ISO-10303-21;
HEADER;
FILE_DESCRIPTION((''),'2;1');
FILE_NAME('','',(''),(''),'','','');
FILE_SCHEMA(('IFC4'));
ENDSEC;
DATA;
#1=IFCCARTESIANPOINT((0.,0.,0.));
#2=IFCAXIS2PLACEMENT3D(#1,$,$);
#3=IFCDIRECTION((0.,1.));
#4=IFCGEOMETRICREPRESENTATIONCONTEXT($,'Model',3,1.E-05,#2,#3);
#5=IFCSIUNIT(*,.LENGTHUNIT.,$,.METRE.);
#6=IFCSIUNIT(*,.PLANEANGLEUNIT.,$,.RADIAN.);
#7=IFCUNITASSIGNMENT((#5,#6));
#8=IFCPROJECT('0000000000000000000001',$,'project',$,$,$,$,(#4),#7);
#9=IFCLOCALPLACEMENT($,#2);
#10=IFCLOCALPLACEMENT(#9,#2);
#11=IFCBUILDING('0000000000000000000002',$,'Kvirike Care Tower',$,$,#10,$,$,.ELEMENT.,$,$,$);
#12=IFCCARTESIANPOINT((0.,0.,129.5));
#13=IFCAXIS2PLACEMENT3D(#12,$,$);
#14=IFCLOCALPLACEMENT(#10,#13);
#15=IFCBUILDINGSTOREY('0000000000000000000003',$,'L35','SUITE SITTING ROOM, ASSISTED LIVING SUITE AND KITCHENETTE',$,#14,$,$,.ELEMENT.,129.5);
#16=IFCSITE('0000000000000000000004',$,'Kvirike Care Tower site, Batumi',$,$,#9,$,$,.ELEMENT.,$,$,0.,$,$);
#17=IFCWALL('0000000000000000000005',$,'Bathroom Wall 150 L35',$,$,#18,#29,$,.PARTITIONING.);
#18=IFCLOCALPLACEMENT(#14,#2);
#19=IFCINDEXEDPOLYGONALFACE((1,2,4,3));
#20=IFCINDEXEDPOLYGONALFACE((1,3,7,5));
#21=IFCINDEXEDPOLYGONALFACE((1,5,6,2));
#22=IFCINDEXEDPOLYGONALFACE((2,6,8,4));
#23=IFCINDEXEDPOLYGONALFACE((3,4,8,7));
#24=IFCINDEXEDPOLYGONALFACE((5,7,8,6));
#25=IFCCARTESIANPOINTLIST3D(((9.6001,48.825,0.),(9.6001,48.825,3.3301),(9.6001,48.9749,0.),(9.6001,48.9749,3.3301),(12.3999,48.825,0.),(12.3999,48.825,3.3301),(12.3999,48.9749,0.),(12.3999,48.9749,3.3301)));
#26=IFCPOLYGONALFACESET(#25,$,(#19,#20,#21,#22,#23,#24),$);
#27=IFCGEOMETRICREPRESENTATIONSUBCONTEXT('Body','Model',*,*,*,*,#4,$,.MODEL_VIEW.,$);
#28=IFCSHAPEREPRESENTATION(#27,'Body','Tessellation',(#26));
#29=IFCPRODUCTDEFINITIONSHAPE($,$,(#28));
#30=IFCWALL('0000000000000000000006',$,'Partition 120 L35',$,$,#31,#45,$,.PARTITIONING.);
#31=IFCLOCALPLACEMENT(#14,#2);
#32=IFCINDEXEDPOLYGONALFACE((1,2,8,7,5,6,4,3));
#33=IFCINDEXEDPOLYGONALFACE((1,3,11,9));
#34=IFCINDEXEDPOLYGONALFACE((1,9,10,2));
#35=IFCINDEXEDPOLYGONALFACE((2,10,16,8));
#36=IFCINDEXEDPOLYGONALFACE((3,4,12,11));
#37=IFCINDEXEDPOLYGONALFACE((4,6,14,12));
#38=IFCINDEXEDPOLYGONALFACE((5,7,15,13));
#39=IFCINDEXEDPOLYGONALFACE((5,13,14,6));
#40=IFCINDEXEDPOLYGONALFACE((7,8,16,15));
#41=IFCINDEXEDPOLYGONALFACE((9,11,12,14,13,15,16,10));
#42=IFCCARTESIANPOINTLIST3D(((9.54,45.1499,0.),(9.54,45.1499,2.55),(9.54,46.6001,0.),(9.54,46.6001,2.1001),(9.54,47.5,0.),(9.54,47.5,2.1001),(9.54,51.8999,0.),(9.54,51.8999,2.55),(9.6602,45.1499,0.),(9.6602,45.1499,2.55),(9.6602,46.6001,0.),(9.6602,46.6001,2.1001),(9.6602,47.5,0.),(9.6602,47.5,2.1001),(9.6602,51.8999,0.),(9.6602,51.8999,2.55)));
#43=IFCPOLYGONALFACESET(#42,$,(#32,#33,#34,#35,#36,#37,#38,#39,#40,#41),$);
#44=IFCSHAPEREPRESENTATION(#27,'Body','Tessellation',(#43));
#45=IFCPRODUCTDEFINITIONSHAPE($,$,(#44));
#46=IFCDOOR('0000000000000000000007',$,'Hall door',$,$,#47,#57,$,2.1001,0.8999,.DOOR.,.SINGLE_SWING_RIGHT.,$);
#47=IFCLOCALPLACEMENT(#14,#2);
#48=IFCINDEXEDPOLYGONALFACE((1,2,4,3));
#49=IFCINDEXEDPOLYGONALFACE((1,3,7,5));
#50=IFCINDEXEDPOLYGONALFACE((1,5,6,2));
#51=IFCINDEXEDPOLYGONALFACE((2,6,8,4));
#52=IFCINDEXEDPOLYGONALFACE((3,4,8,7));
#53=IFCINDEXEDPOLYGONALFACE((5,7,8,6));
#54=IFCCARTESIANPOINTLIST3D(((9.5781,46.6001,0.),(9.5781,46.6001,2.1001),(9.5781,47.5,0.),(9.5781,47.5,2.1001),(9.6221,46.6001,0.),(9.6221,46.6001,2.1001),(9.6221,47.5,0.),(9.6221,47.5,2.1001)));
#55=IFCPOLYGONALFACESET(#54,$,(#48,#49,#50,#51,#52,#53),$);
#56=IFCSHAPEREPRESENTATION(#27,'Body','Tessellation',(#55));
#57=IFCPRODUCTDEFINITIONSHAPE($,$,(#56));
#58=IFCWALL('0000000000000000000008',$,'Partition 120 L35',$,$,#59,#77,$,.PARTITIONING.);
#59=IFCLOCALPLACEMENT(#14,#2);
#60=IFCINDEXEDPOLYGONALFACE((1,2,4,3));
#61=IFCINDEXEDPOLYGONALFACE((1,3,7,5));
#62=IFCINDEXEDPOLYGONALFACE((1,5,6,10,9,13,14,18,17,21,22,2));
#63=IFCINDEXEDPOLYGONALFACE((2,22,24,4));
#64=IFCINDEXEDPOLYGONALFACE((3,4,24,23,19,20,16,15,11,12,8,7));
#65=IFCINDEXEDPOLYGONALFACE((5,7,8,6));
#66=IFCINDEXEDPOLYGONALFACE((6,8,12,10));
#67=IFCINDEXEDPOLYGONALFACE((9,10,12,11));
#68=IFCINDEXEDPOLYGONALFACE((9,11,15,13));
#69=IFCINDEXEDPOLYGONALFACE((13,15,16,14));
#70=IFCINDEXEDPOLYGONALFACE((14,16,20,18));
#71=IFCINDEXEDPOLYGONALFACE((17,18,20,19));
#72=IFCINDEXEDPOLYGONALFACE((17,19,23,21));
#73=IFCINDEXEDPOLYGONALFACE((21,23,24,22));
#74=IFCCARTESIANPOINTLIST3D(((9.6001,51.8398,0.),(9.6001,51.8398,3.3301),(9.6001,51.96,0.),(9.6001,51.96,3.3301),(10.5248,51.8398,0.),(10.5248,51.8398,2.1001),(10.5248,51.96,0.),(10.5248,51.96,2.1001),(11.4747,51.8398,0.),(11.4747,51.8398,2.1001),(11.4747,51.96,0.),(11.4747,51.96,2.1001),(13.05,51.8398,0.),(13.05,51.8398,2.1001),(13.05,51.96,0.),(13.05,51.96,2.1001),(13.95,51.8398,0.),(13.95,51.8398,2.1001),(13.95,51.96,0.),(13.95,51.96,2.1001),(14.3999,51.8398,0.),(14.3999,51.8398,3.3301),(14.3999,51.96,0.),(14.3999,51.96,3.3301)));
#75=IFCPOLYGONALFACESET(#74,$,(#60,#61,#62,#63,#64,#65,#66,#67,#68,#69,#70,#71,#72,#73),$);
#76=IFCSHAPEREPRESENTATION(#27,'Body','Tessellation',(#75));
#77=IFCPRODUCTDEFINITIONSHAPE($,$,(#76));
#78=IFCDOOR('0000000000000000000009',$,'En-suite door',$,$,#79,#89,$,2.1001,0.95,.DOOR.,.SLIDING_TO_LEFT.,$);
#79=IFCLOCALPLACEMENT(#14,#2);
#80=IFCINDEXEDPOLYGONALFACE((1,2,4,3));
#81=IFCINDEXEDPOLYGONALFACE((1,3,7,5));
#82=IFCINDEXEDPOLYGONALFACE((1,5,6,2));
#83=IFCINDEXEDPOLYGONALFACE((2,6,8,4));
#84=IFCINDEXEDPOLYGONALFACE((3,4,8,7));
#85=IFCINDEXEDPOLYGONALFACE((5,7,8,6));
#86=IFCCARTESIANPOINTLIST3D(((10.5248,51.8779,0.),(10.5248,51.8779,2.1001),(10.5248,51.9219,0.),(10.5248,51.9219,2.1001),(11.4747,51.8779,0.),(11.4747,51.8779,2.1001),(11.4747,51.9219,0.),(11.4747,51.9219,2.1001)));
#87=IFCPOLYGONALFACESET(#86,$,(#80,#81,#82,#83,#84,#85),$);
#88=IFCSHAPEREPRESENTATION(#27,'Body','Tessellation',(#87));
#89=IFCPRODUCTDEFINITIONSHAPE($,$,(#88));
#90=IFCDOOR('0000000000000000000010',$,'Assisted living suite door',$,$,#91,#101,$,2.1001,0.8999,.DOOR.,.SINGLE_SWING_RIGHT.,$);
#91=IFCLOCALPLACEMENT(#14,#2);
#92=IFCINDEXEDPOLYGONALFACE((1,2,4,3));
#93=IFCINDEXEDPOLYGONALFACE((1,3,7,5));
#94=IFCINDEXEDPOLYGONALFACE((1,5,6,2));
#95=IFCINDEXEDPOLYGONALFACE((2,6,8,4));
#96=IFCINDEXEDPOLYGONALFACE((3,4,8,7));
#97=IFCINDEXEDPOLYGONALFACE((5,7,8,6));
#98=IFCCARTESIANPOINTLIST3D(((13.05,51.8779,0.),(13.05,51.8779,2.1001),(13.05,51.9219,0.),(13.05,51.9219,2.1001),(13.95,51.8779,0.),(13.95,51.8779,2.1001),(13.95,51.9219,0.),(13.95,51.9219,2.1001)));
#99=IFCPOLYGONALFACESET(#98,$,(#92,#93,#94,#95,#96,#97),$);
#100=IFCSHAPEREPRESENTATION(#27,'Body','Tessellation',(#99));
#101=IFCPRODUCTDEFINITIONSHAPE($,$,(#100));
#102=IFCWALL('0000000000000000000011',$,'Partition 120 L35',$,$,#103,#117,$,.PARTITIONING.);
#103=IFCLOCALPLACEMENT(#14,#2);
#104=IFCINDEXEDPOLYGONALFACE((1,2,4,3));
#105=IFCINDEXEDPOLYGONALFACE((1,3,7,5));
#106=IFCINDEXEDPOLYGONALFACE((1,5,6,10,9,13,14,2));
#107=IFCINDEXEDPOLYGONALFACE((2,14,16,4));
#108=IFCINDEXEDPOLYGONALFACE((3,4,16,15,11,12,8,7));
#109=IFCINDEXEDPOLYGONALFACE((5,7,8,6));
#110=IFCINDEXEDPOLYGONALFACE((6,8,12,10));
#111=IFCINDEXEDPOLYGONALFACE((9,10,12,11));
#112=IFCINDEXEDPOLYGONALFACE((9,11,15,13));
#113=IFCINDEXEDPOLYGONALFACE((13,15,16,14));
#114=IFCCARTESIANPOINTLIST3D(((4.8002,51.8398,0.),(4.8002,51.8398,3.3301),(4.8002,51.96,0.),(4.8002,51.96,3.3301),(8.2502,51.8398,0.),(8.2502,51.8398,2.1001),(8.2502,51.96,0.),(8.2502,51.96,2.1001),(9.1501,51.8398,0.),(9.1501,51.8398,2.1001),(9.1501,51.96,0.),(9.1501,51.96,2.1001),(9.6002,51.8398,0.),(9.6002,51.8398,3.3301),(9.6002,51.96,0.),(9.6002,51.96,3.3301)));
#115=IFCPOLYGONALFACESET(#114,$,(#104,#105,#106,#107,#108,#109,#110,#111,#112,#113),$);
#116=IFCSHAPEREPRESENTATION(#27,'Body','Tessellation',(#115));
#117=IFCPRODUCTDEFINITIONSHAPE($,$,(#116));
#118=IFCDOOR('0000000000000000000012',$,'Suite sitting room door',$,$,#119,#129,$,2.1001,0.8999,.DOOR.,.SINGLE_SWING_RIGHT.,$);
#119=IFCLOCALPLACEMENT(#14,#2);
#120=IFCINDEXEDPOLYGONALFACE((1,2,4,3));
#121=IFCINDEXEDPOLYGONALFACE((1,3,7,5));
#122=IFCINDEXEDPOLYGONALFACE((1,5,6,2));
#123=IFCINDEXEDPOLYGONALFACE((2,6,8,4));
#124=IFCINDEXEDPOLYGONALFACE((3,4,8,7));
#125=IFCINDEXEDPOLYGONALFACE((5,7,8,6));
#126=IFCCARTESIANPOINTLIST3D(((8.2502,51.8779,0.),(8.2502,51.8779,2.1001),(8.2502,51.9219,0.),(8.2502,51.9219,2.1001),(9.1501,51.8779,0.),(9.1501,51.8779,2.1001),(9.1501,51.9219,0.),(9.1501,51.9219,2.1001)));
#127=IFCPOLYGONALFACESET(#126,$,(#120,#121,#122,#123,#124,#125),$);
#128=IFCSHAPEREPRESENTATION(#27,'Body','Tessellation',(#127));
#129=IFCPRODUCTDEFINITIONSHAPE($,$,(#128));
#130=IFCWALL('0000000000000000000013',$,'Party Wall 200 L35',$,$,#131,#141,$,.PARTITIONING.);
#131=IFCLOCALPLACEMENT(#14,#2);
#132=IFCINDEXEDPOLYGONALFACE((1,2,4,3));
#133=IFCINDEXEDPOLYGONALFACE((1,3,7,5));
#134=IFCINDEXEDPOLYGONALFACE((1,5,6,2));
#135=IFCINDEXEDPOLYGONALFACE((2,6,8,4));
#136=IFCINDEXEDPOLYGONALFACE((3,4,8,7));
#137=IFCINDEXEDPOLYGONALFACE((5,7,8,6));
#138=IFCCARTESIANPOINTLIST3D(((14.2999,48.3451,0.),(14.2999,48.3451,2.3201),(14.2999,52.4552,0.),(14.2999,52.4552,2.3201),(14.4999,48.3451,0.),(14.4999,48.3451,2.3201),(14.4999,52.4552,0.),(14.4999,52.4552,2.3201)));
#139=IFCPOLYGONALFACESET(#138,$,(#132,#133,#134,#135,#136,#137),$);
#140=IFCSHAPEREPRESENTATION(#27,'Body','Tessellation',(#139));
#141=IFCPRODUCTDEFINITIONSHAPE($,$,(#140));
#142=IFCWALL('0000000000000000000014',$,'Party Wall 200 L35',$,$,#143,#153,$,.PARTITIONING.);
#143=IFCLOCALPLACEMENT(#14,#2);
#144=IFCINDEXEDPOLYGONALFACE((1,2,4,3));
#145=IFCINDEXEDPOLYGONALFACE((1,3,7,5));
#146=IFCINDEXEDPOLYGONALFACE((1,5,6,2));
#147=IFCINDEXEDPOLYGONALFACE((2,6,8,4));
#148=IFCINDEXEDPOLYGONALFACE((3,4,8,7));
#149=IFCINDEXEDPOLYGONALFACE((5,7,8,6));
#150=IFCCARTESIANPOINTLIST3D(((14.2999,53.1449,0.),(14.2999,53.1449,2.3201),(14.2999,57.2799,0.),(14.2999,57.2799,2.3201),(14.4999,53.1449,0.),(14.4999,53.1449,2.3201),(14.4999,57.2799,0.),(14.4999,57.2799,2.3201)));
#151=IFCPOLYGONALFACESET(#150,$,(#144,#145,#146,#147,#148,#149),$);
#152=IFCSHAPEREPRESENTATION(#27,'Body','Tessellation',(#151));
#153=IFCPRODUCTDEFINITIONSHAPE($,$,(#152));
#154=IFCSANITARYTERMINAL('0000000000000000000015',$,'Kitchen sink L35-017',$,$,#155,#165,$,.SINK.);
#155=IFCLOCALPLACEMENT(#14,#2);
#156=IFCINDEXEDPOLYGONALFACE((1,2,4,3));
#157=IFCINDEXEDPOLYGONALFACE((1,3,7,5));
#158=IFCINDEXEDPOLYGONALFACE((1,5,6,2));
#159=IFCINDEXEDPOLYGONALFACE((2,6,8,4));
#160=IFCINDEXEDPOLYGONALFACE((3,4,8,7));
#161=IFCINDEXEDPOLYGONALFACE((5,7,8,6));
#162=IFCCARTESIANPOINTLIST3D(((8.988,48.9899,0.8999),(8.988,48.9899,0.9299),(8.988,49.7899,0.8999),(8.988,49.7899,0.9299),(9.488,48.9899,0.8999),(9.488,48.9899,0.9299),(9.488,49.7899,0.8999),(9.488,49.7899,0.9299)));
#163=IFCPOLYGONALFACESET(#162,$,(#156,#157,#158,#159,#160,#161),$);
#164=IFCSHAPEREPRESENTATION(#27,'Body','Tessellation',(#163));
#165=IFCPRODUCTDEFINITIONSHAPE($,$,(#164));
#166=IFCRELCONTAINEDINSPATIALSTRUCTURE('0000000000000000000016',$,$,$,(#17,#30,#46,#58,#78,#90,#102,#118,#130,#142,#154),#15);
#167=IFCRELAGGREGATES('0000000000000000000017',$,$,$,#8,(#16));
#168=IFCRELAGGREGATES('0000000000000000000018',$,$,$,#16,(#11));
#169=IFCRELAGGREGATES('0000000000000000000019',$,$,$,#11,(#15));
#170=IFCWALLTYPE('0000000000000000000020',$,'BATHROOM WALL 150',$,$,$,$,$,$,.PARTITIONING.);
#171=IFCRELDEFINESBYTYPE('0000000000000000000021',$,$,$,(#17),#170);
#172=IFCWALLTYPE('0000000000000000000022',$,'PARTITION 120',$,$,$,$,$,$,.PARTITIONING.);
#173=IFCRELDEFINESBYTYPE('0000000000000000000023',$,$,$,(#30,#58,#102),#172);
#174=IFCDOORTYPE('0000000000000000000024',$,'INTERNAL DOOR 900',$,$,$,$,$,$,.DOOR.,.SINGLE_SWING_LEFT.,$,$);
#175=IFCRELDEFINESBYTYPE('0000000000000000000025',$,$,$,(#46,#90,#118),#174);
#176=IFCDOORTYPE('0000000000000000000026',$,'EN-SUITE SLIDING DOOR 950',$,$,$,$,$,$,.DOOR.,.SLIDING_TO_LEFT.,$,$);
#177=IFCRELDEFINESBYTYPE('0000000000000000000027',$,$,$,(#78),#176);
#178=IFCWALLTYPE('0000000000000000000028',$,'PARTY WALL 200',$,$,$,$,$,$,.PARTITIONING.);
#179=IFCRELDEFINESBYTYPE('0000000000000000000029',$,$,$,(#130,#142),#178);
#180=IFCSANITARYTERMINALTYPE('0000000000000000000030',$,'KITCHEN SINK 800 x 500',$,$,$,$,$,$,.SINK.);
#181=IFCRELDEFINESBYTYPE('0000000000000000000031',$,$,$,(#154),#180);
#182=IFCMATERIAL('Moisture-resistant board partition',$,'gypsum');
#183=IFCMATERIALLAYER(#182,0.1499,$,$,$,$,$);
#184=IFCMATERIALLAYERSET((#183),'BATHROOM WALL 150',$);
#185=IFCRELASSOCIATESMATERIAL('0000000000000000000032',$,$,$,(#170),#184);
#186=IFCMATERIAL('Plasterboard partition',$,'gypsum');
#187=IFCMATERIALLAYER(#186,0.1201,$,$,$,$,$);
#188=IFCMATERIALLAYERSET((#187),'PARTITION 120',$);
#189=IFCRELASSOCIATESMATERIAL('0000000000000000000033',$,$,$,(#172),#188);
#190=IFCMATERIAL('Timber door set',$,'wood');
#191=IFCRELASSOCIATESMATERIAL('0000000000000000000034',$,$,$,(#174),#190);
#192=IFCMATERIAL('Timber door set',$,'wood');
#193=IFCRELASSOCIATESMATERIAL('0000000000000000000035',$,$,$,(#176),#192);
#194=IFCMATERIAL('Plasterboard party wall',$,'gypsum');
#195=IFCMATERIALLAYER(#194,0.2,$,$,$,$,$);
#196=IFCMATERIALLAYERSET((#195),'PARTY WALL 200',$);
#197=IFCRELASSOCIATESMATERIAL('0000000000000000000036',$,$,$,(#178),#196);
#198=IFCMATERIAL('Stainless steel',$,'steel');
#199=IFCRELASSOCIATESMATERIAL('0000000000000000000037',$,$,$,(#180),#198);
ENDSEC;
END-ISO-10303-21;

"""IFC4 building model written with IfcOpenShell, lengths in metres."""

from ifc_helpers import new_model, si_unit, direction, frame, frame_2d, origin, origin_2d, place, context, subcontext, project, spatial, rectangle, extrude, material, layer, layer_set, type_object, element, fill, save


model = new_model("IFC4")

# Units and contexts
model_context = context("Model", 3, precision=1e-05, world=origin(), true_north=direction((0.0, 1.0)))
body_context = subcontext(model_context, "Body", "Model", "MODEL_VIEW")
ifc_project = project(units=[si_unit("LENGTHUNIT", "METRE"), si_unit("PLANEANGLEUNIT", "RADIAN")], contexts=[model_context])

# Site, building, storey
site_placement = place(None, origin())
site = spatial("IfcSite", under=ifc_project, at=site_placement, Name="Kvirike Care Tower site, Batumi", CompositionType="ELEMENT", RefElevation=0.0)
building_placement = place(site_placement, origin())
building = spatial("IfcBuilding", under=site, at=building_placement, Name="Kvirike Care Tower", CompositionType="ELEMENT")
storey_placement = place(building_placement, frame((0.0, 0.0, 129.5)))
storey = spatial("IfcBuildingStorey", under=building, at=storey_placement, Name="L35", Description="SUITE SITTING ROOM, ASSISTED LIVING SUITE AND KITCHENETTE", CompositionType="ELEMENT", Elevation=129.5)

# Wall
ifc_material_1 = material(Name="Moisture-resistant board partition", Category="gypsum")
ifc_layer_1 = layer(ifc_material_1, 0.1499)
ifc_layer_set_1 = layer_set([ifc_layer_1], Name="BATHROOM WALL 150")
wall_type_1 = type_object("IfcWallType", Name="BATHROOM WALL 150", PredefinedType="PARTITIONING", material=ifc_layer_set_1)
wall_1_placement = place(storey_placement, frame((12.3999, 48.8999, 0.0), z_axis=(0.0, 0.0, 1.0), x_axis=(-1.0, 0.0, 0.0)))
element("IfcWall", 1, at=wall_1_placement, inside=storey, type_object=wall_type_1, Name="Bathroom Wall 150 L35", PredefinedType="PARTITIONING", context=body_context, shape_type="SweptSolid", body=[
    extrude(rectangle(XDim=2.7998, YDim=0.1499, at=frame_2d((1.3999, 0.0))), origin(), (0.0, 0.0, 1.0), 3.3301),
])

# Wall, opening, door
ifc_material_2 = material(Name="Plasterboard partition", Category="gypsum")
ifc_layer_2 = layer(ifc_material_2, 0.1201)
ifc_layer_set_2 = layer_set([ifc_layer_2], Name="PARTITION 120")
wall_type_2 = type_object("IfcWallType", Name="PARTITION 120", PredefinedType="PARTITIONING", material=ifc_layer_set_2)
wall_2_placement = place(storey_placement, frame((9.6001, 51.8999, 0.0), z_axis=(0.0, 0.0, 1.0), x_axis=(0.0, -1.0, 0.0)))
wall_2 = element("IfcWall", 2, at=wall_2_placement, inside=storey, type_object=wall_type_2, Name="Partition 120 L35", PredefinedType="PARTITIONING", context=body_context, shape_type="SweptSolid", body=[
    extrude(rectangle(XDim=6.75, YDim=0.1201, at=frame_2d((3.375, 0.0))), origin(), (0.0, 0.0, 1.0), 2.55),
])
opening_1_placement = place(wall_2_placement, frame((4.3999, 0.0, 0.0)))
opening_1 = element("IfcOpeningElement", 3, at=opening_1_placement, cuts=wall_2, PredefinedType="OPENING", context=body_context, shape_type="SweptSolid", body=[
    extrude(rectangle(XDim=0.8999, YDim=2.1001, at=frame_2d((0.45, 1.05))), frame((0.0, 0.0706, 0.0), z_axis=(0.0, -1.0, 0.0), x_axis=(1.0, 0.0, 0.0)), (0.0, 0.0, 1.0), 0.1411),
])
ifc_material_3 = material(Name="Timber door set", Category="wood")
door_type_1 = type_object("IfcDoorType", Name="INTERNAL DOOR 900", OperationType="SINGLE_SWING_LEFT", PredefinedType="DOOR", material=ifc_material_3)
door_1_placement = place(opening_1_placement, origin())
door_1 = element("IfcDoor", 4, at=door_1_placement, inside=storey, type_object=door_type_1, Name="Hall door", OperationType="SINGLE_SWING_RIGHT", OverallHeight=2.1001, OverallWidth=0.8999, PredefinedType="DOOR", context=body_context, shape_type="SweptSolid", body=[
    extrude(rectangle(XDim=0.8999, YDim=2.1001, at=frame_2d((0.45, 1.05))), frame((0.0, 0.022, 0.0), z_axis=(0.0, -1.0, 0.0), x_axis=(1.0, 0.0, 0.0)), (0.0, 0.0, 1.0), 0.0439),
])
fill(opening_1, door_1)

# Wall, openings, doors
wall_3_placement = place(storey_placement, frame((14.3999, 51.8999, 0.0), z_axis=(0.0, 0.0, 1.0), x_axis=(-1.0, 0.0, 0.0)))
wall_3 = element("IfcWall", 5, at=wall_3_placement, inside=storey, type_object=wall_type_2, Name="Partition 120 L35", PredefinedType="PARTITIONING", context=body_context, shape_type="SweptSolid", body=[
    extrude(rectangle(XDim=4.7998, YDim=0.1201, at=frame_2d((2.3999, 0.0))), origin(), (0.0, 0.0, 1.0), 3.3301),
])
opening_2_placement = place(wall_3_placement, frame((0.45, 0.0, 0.0)))
opening_2 = element("IfcOpeningElement", 6, at=opening_2_placement, cuts=wall_3, PredefinedType="OPENING", context=body_context, shape_type="SweptSolid", body=[
    extrude(rectangle(XDim=0.8999, YDim=2.1001, at=frame_2d((0.45, 1.05))), frame((0.0, 0.0706, 0.0), z_axis=(0.0, -1.0, 0.0), x_axis=(1.0, 0.0, 0.0)), (0.0, 0.0, 1.0), 0.1411),
])
opening_3_placement = place(wall_3_placement, frame((2.925, 0.0, 0.0)))
opening_3 = element("IfcOpeningElement", 7, at=opening_3_placement, cuts=wall_3, PredefinedType="OPENING", context=body_context, shape_type="SweptSolid", body=[
    extrude(rectangle(XDim=0.95, YDim=2.1001, at=frame_2d((0.4751, 1.05))), frame((0.0, 0.0706, 0.0), z_axis=(0.0, -1.0, 0.0), x_axis=(1.0, 0.0, 0.0)), (0.0, 0.0, 1.0), 0.1411),
])
ifc_material_4 = material(Name="Timber door set", Category="wood")
door_type_2 = type_object("IfcDoorType", Name="EN-SUITE SLIDING DOOR 950", OperationType="SLIDING_TO_LEFT", PredefinedType="DOOR", material=ifc_material_4)
door_2_placement = place(opening_3_placement, origin())
door_2 = element("IfcDoor", 8, at=door_2_placement, inside=storey, type_object=door_type_2, Name="En-suite door", OperationType="SLIDING_TO_LEFT", OverallHeight=2.1001, OverallWidth=0.95, PredefinedType="DOOR", context=body_context, shape_type="SweptSolid", body=[
    extrude(rectangle(XDim=0.95, YDim=2.1001, at=frame_2d((0.4751, 1.05))), frame((0.0, 0.022, 0.0), z_axis=(0.0, -1.0, 0.0), x_axis=(1.0, 0.0, 0.0)), (0.0, 0.0, 1.0), 0.0439),
])
fill(opening_3, door_2)
door_3_placement = place(opening_2_placement, origin())
door_3 = element("IfcDoor", 9, at=door_3_placement, inside=storey, type_object=door_type_1, Name="Assisted living suite door", OperationType="SINGLE_SWING_RIGHT", OverallHeight=2.1001, OverallWidth=0.8999, PredefinedType="DOOR", context=body_context, shape_type="SweptSolid", body=[
    extrude(rectangle(XDim=0.8999, YDim=2.1001, at=frame_2d((0.45, 1.05))), frame((0.0, 0.022, 0.0), z_axis=(0.0, -1.0, 0.0), x_axis=(1.0, 0.0, 0.0)), (0.0, 0.0, 1.0), 0.0439),
])
fill(opening_2, door_3)

# Wall, opening, door
wall_4_placement = place(storey_placement, frame((9.6001, 51.8999, 0.0), z_axis=(0.0, 0.0, 1.0), x_axis=(-1.0, 0.0, 0.0)))
wall_4 = element("IfcWall", 10, at=wall_4_placement, inside=storey, type_object=wall_type_2, Name="Partition 120 L35", PredefinedType="PARTITIONING", context=body_context, shape_type="SweptSolid", body=[
    extrude(rectangle(XDim=4.8, YDim=0.1201, at=frame_2d((2.3999, 0.0))), origin(), (0.0, 0.0, 1.0), 3.3301),
])
opening_4_placement = place(wall_4_placement, frame((0.45, 0.0, 0.0)))
opening_4 = element("IfcOpeningElement", 11, at=opening_4_placement, cuts=wall_4, PredefinedType="OPENING", context=body_context, shape_type="SweptSolid", body=[
    extrude(rectangle(XDim=0.8999, YDim=2.1001, at=frame_2d((0.45, 1.05))), frame((0.0, 0.0706, 0.0), z_axis=(0.0, -1.0, 0.0), x_axis=(1.0, 0.0, 0.0)), (0.0, 0.0, 1.0), 0.1411),
])
door_4_placement = place(opening_4_placement, origin())
door_4 = element("IfcDoor", 12, at=door_4_placement, inside=storey, type_object=door_type_1, Name="Suite sitting room door", OperationType="SINGLE_SWING_RIGHT", OverallHeight=2.1001, OverallWidth=0.8999, PredefinedType="DOOR", context=body_context, shape_type="SweptSolid", body=[
    extrude(rectangle(XDim=0.8999, YDim=2.1001, at=frame_2d((0.45, 1.05))), frame((0.0, 0.022, 0.0), z_axis=(0.0, -1.0, 0.0), x_axis=(1.0, 0.0, 0.0)), (0.0, 0.0, 1.0), 0.0439),
])
fill(opening_4, door_4)

# Walls
ifc_material_5 = material(Name="Plasterboard party wall", Category="gypsum")
ifc_layer_3 = layer(ifc_material_5, 0.2)
ifc_layer_set_3 = layer_set([ifc_layer_3], Name="PARTY WALL 200")
wall_type_3 = type_object("IfcWallType", Name="PARTY WALL 200", PredefinedType="PARTITIONING", material=ifc_layer_set_3)
wall_5_placement = place(storey_placement, frame((14.3999, 48.345, 0.0), z_axis=(0.0, 0.0, 1.0), x_axis=(0.0, 1.0, 0.0)))
element("IfcWall", 13, at=wall_5_placement, inside=storey, type_object=wall_type_3, Name="Party Wall 200 L35", PredefinedType="PARTITIONING", context=body_context, shape_type="SweptSolid", body=[
    extrude(rectangle(XDim=4.1101, YDim=0.2, at=frame_2d((2.0552, 0.0))), origin(), (0.0, 0.0, 1.0), 2.3201),
])
wall_6_placement = place(storey_placement, frame((14.3999, 53.145, 0.0), z_axis=(0.0, 0.0, 1.0), x_axis=(0.0, 1.0, 0.0)))
element("IfcWall", 14, at=wall_6_placement, inside=storey, type_object=wall_type_3, Name="Party Wall 200 L35", PredefinedType="PARTITIONING", context=body_context, shape_type="SweptSolid", body=[
    extrude(rectangle(XDim=4.135, YDim=0.2, at=frame_2d((2.0674, 0.0))), origin(), (0.0, 0.0, 1.0), 2.3201),
])

# Sanitary terminal
ifc_material_6 = material(Name="Stainless steel", Category="steel")
sanitary_terminal_type_1 = type_object("IfcSanitaryTerminalType", Name="KITCHEN SINK 800 x 500", PredefinedType="SINK", material=ifc_material_6)
sanitary_terminal_1_placement = place(storey_placement, frame((9.238, 49.3899, 0.8999), z_axis=(0.0, 0.0, 1.0), x_axis=(0.0, -1.0, 0.0)))
element("IfcSanitaryTerminal", 15, at=sanitary_terminal_1_placement, inside=storey, type_object=sanitary_terminal_type_1, Name="Kitchen sink L35-017", PredefinedType="SINK", context=body_context, shape_type="SweptSolid", body=[
    extrude(rectangle(XDim=0.8, YDim=0.5, at=origin_2d()), origin(), (0.0, 0.0, 1.0), 0.03),
])

save(model, "model.ifc")
